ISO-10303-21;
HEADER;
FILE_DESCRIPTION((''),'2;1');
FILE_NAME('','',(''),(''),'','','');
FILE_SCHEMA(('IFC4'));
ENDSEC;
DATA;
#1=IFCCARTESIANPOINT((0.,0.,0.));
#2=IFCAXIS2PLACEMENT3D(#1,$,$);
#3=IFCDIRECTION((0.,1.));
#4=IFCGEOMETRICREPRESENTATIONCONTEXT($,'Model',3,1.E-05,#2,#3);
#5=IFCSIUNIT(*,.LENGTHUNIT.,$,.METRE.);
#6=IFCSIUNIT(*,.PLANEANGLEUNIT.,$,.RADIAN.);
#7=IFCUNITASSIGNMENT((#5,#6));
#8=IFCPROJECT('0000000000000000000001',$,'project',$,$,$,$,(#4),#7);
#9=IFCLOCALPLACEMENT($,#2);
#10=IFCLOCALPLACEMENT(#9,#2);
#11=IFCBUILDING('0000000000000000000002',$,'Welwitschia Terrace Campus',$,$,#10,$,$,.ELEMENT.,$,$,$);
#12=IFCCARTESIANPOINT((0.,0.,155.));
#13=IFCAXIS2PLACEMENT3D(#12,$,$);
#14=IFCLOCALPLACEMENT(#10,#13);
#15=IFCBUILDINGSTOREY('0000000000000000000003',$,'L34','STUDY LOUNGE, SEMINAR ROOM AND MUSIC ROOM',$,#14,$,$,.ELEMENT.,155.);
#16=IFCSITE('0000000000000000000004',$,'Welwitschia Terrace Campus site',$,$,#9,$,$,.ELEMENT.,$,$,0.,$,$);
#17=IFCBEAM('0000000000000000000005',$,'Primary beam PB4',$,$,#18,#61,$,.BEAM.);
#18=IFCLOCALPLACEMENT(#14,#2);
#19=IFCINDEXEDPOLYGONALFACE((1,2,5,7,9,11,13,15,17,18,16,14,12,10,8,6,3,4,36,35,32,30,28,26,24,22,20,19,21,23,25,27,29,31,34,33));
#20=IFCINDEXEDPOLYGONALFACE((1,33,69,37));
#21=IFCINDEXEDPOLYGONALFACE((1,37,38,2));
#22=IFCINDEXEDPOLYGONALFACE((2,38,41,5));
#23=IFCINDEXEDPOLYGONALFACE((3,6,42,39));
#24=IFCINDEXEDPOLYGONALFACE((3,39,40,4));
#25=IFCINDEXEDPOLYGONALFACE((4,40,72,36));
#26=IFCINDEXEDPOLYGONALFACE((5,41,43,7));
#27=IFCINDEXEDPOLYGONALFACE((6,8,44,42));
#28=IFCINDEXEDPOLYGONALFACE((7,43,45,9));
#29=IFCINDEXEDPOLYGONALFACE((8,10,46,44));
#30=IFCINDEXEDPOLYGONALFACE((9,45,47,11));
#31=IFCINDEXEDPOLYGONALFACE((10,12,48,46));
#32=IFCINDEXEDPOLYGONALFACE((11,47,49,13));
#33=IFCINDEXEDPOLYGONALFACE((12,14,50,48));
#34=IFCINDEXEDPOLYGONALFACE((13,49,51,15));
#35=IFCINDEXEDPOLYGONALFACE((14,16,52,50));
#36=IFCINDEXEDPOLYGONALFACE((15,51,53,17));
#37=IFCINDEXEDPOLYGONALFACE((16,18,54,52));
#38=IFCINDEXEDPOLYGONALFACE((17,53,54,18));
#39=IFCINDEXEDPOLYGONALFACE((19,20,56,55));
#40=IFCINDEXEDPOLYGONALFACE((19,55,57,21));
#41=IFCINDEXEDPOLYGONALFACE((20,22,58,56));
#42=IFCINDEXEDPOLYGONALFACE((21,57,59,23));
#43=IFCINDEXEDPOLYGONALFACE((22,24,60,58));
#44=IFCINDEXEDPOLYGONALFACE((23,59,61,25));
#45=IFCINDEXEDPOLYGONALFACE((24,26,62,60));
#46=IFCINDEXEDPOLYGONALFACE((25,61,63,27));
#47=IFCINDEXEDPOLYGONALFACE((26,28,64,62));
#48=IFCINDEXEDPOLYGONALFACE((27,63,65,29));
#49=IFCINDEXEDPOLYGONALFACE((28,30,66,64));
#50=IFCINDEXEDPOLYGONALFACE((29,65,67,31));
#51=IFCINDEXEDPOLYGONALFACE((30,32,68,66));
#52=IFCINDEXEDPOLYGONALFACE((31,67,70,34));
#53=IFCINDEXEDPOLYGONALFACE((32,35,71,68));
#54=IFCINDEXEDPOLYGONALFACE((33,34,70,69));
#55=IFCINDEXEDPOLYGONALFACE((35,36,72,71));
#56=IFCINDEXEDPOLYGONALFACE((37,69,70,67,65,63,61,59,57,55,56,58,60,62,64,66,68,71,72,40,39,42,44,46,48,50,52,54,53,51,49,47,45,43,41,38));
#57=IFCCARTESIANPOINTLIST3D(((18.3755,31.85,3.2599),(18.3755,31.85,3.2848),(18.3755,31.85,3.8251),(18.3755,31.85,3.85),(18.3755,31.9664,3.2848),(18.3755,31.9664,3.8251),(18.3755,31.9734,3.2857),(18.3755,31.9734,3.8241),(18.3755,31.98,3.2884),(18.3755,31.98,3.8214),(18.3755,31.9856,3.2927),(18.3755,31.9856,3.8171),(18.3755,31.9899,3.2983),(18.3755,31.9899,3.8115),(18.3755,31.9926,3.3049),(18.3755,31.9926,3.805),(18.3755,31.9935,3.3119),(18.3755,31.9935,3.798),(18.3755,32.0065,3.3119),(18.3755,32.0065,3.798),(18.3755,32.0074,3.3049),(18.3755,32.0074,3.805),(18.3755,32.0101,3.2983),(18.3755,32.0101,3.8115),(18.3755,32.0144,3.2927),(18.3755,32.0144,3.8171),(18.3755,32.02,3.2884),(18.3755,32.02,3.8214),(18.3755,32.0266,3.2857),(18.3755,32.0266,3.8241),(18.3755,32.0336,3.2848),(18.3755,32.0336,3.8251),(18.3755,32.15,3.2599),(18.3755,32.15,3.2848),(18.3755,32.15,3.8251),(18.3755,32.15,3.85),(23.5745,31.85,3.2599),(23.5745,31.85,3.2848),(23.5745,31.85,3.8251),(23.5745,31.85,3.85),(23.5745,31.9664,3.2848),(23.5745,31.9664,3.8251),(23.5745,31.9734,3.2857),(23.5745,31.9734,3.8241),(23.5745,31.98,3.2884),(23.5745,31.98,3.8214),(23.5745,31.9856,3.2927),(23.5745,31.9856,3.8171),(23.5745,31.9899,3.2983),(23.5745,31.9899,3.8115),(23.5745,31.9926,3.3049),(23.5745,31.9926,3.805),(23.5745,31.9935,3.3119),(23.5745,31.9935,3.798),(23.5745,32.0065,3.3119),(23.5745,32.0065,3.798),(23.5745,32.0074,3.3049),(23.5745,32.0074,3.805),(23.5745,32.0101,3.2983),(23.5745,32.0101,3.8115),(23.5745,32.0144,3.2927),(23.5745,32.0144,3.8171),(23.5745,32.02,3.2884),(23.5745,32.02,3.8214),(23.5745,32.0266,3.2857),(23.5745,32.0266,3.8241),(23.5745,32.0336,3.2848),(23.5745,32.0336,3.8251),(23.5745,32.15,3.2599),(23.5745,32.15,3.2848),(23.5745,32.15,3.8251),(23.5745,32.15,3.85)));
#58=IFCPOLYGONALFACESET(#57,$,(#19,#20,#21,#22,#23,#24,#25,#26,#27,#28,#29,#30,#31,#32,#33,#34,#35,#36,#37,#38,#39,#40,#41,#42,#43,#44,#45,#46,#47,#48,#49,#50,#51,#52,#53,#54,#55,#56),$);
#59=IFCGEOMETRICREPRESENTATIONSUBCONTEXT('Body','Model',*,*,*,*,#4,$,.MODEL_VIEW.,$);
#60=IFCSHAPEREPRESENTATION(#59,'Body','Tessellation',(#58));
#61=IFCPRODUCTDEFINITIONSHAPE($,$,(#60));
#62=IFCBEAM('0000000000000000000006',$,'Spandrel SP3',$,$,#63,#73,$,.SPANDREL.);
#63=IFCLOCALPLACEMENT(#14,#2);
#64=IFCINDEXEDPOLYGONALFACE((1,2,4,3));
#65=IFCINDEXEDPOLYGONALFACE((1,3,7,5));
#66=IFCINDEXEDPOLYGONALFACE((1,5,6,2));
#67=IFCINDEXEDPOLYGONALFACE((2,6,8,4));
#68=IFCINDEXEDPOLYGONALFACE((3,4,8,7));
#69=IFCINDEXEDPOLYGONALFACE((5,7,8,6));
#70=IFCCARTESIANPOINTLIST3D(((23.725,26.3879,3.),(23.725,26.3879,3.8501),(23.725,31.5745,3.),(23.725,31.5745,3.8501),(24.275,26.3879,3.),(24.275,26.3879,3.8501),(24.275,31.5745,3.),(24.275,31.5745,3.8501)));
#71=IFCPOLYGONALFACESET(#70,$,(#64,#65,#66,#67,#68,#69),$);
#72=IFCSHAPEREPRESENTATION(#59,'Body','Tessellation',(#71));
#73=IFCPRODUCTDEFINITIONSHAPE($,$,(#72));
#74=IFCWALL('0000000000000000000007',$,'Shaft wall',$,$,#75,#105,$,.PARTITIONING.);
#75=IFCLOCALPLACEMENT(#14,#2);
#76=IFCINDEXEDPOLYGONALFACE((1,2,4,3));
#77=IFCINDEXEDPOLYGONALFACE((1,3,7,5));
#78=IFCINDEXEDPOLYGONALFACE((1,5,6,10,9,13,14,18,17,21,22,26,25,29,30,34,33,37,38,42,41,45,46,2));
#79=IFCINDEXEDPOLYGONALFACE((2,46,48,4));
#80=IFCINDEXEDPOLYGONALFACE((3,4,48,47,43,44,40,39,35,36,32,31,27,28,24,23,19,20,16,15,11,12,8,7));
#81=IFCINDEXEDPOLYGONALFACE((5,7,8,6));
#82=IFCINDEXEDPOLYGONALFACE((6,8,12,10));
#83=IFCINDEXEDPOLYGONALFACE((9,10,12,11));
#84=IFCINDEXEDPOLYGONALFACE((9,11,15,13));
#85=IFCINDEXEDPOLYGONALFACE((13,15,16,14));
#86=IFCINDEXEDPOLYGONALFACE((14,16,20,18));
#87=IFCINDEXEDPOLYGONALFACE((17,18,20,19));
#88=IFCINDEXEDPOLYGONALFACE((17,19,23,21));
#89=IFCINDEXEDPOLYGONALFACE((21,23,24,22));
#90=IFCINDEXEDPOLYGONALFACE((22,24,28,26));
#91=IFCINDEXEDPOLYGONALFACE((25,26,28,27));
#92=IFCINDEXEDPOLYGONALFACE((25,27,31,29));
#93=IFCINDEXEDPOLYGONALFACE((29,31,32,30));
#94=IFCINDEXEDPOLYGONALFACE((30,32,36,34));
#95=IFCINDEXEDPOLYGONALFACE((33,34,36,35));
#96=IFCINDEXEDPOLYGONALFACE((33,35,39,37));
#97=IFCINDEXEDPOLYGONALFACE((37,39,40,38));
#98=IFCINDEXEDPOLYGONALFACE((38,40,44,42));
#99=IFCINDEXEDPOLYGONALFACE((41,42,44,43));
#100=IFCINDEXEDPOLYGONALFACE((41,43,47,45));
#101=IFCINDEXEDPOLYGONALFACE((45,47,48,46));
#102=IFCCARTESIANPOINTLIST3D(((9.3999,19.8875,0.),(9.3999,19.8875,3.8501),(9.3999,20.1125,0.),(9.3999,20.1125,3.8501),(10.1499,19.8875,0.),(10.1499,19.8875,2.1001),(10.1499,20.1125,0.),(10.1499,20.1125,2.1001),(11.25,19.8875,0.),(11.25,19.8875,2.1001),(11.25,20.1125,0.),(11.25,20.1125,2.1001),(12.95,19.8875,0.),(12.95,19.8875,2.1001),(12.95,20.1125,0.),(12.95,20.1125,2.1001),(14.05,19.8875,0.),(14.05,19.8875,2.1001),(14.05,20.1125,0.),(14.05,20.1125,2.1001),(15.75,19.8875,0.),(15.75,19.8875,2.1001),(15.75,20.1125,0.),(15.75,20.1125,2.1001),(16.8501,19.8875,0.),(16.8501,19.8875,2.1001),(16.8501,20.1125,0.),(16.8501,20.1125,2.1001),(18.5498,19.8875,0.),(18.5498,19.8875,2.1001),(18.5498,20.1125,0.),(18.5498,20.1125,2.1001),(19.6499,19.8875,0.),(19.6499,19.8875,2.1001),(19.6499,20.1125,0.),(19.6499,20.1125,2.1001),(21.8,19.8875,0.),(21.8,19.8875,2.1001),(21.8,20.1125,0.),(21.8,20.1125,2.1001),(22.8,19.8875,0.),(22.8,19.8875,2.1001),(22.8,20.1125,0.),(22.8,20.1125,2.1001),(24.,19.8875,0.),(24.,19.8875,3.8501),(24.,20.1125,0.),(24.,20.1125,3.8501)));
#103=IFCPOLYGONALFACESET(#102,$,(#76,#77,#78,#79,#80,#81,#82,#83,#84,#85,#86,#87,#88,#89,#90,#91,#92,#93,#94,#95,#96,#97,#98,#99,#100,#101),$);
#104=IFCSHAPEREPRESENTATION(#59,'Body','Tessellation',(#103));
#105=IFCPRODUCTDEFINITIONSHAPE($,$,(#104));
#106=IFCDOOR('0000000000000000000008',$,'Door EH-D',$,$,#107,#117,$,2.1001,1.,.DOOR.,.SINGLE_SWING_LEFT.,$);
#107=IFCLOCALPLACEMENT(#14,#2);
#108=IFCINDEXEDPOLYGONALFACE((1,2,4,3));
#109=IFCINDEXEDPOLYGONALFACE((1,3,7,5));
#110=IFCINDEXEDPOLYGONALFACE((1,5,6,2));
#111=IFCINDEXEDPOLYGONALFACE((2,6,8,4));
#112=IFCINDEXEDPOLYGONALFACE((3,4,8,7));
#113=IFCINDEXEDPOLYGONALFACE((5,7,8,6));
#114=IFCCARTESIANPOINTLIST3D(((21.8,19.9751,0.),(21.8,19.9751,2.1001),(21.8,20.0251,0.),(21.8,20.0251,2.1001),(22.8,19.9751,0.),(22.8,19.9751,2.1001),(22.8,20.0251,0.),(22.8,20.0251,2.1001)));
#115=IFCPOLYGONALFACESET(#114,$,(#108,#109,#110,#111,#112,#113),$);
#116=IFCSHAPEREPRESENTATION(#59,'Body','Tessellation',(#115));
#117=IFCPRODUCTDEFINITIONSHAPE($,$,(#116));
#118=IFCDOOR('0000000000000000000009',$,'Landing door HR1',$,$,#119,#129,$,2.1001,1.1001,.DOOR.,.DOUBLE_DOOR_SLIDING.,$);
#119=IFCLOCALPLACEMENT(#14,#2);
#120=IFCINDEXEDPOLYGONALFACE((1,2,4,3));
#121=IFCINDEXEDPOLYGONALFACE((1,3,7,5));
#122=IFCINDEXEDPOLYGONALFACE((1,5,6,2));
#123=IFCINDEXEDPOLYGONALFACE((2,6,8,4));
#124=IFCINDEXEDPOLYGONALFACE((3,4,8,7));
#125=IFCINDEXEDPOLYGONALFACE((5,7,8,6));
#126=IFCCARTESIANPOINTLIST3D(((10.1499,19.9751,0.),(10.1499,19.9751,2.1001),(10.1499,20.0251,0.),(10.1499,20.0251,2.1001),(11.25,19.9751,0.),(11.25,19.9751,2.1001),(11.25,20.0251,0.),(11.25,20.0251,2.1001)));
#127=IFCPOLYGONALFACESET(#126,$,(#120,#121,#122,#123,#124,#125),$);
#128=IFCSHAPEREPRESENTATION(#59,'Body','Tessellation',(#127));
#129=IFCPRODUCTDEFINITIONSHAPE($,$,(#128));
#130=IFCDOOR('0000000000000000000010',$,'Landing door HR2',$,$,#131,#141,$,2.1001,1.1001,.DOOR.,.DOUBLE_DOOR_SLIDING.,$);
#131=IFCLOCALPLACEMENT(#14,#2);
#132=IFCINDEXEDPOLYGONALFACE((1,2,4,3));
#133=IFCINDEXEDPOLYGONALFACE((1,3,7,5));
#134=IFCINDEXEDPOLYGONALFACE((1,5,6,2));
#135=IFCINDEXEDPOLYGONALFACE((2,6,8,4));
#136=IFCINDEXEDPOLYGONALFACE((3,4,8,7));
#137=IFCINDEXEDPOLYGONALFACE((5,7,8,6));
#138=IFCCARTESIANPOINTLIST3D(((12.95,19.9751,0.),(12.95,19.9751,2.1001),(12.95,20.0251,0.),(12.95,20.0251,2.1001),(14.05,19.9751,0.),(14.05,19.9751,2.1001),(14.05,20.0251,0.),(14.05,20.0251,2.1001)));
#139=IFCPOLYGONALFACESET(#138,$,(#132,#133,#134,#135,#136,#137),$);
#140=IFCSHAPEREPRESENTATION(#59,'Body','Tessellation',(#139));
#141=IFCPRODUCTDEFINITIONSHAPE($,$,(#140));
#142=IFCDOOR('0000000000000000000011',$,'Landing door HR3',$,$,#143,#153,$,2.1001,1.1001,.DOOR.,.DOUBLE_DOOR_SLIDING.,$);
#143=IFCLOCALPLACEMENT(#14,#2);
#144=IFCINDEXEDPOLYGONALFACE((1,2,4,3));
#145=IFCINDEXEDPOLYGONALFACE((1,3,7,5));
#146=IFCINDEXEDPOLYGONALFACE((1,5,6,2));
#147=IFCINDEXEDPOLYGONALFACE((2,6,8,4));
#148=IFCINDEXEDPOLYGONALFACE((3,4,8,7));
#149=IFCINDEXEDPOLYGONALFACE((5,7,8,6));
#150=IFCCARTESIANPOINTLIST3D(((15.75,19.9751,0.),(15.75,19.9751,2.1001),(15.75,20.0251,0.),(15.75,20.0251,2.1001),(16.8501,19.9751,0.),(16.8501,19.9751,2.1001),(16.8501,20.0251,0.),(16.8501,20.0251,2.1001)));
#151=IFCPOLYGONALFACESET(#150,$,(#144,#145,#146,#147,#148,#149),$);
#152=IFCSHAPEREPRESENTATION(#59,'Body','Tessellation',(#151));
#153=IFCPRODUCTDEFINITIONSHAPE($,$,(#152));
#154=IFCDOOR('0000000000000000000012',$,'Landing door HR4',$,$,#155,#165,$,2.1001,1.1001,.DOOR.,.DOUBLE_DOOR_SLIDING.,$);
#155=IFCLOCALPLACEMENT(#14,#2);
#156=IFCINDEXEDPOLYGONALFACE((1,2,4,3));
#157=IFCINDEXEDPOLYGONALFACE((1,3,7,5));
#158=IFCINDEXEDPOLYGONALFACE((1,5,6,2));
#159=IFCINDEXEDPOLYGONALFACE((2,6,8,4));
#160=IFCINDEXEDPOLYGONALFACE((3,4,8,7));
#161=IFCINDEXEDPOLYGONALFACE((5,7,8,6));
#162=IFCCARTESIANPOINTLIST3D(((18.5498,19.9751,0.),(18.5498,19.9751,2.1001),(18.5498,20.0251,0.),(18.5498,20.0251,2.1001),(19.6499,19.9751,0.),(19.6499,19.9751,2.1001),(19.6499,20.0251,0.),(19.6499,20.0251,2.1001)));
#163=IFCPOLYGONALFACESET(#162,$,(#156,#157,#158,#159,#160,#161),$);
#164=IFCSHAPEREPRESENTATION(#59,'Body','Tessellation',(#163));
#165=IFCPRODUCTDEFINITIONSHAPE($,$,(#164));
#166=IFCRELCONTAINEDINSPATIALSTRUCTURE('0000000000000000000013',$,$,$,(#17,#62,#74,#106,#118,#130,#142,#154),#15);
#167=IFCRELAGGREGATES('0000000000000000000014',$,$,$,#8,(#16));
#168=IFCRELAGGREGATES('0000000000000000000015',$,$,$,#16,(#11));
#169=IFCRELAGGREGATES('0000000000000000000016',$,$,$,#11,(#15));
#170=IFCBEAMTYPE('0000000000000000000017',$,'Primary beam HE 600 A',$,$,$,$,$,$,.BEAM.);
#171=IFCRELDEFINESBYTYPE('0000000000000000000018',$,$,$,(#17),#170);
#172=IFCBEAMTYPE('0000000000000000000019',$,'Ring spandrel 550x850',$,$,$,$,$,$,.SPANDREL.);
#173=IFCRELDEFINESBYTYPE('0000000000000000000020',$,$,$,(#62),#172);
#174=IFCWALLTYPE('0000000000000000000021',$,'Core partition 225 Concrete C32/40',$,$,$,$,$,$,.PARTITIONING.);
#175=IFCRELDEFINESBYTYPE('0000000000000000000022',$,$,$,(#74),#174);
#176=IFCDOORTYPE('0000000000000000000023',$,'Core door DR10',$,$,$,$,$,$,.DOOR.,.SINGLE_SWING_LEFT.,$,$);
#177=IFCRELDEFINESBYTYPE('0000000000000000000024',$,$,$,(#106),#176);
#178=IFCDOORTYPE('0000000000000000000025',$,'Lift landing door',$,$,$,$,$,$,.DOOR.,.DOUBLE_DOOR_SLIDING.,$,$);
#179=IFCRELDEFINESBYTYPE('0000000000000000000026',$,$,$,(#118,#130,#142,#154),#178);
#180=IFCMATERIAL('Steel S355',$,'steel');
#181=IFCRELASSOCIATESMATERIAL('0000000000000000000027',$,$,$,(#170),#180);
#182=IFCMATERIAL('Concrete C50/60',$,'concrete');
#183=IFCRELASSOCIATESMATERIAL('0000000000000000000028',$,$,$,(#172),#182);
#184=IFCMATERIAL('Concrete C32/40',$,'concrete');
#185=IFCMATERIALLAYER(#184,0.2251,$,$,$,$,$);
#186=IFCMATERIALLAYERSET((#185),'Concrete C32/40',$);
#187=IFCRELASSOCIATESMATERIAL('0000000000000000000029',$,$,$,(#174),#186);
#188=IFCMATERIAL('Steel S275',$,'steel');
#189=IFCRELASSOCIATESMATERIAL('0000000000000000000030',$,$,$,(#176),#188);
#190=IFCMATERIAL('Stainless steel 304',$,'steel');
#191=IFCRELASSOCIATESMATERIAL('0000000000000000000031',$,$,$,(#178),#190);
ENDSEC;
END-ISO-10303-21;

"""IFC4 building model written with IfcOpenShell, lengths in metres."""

from ifc_helpers import new_model, si_unit, direction, frame, frame_2d, origin, origin_2d, place, context, subcontext, project, spatial, rectangle, i_section, extrude, material, layer, layer_set, material_profile, profile_set, type_object, element, fill, save


model = new_model("IFC4")

# Units and contexts
model_context = context("Model", 3, precision=1e-05, world=origin(), true_north=direction((0.0, 1.0)))
body_context = subcontext(model_context, "Body", "Model", "MODEL_VIEW")
ifc_project = project(units=[si_unit("LENGTHUNIT", "METRE"), si_unit("PLANEANGLEUNIT", "RADIAN")], contexts=[model_context])

# Site, building, storey
site_placement = place(None, origin())
site = spatial("IfcSite", under=ifc_project, at=site_placement, Name="Welwitschia Terrace Campus site", CompositionType="ELEMENT", RefElevation=0.0)
building_placement = place(site_placement, origin())
building = spatial("IfcBuilding", under=site, at=building_placement, Name="Welwitschia Terrace Campus", CompositionType="ELEMENT")
storey_placement = place(building_placement, frame((0.0, 0.0, 155.0)))
storey = spatial("IfcBuildingStorey", under=building, at=storey_placement, Name="L34", Description="STUDY LOUNGE, SEMINAR ROOM AND MUSIC ROOM", CompositionType="ELEMENT", Elevation=155.0)

# Beams
ifc_material_1 = material(Name="Steel S355", Category="steel")
ifc_material_profile_1 = material_profile(ifc_material_1, i_section(OverallWidth=0.3, OverallDepth=0.5901, WebThickness=0.0129, FlangeThickness=0.0249, FilletRadius=0.0271, at=origin_2d()))
ifc_profile_set_1 = profile_set([ifc_material_profile_1], Name="Steel S355")
beam_type_1 = type_object("IfcBeamType", Name="Primary beam HE 600 A", PredefinedType="BEAM", material=ifc_profile_set_1)
beam_1_placement = place(storey_placement, frame((23.5745, 32.0, 3.5549), z_axis=(-1.0, 0.0, 0.0), x_axis=(0.0, -1.0, 0.0)))
element("IfcBeam", 1, at=beam_1_placement, inside=storey, type_object=beam_type_1, Name="Primary beam PB4", PredefinedType="BEAM", context=body_context, shape_type="SweptSolid", body=[
    extrude(i_section(OverallWidth=0.3, OverallDepth=0.5901, WebThickness=0.0129, FlangeThickness=0.0249, FilletRadius=0.0271, at=origin_2d()), origin(), (0.0, 0.0, 1.0), 5.199),
])
ifc_material_2 = material(Name="Concrete C50/60", Category="concrete")
ifc_material_profile_2 = material_profile(ifc_material_2, rectangle(XDim=0.55, YDim=0.8501, at=origin_2d()))
ifc_profile_set_2 = profile_set([ifc_material_profile_2], Name="Concrete C50/60")
beam_type_2 = type_object("IfcBeamType", Name="Ring spandrel 550x850", PredefinedType="SPANDREL", material=ifc_profile_set_2)
beam_2_placement = place(storey_placement, frame((24.0, 26.3879, 3.425), z_axis=(0.0, 1.0, 0.0), x_axis=(-1.0, 0.0, 0.0)))
element("IfcBeam", 2, at=beam_2_placement, inside=storey, type_object=beam_type_2, Name="Spandrel SP3", PredefinedType="SPANDREL", context=body_context, shape_type="SweptSolid", body=[
    extrude(rectangle(XDim=0.55, YDim=0.8501, at=origin_2d()), origin(), (0.0, 0.0, 1.0), 5.1865),
])

# Wall, openings, doors
ifc_material_3 = material(Name="Concrete C32/40", Category="concrete")
ifc_layer_1 = layer(ifc_material_3, 0.2251)
ifc_layer_set_1 = layer_set([ifc_layer_1], Name="Concrete C32/40")
wall_type_1 = type_object("IfcWallType", Name="Core partition 225 Concrete C32/40", PredefinedType="PARTITIONING", material=ifc_layer_set_1)
wall_1_placement = place(storey_placement, frame((24.0, 20.0, 0.0), z_axis=(0.0, 0.0, 1.0), x_axis=(-1.0, 0.0, 0.0)))
wall_1 = element("IfcWall", 3, at=wall_1_placement, inside=storey, type_object=wall_type_1, Name="Shaft wall", PredefinedType="PARTITIONING", context=body_context, shape_type="SweptSolid", body=[
    extrude(rectangle(XDim=14.6001, YDim=0.2251, at=frame_2d((7.3, 0.0))), origin(), (0.0, 0.0, 1.0), 3.8501),
])
opening_1_placement = place(wall_1_placement, frame((12.75, 0.0, 0.0)))
opening_1 = element("IfcOpeningElement", 4, at=opening_1_placement, cuts=wall_1, PredefinedType="OPENING", context=body_context, shape_type="SweptSolid", body=[
    extrude(rectangle(XDim=1.1001, YDim=2.1001, at=frame_2d((0.55, 1.05))), frame((0.0, 0.1226, 0.0), z_axis=(0.0, -1.0, 0.0), x_axis=(1.0, 0.0, 0.0)), (0.0, 0.0, 1.0), 0.2451),
])
opening_2_placement = place(wall_1_placement, frame((9.95, 0.0, 0.0)))
opening_2 = element("IfcOpeningElement", 5, at=opening_2_placement, cuts=wall_1, PredefinedType="OPENING", context=body_context, shape_type="SweptSolid", body=[
    extrude(rectangle(XDim=1.1001, YDim=2.1001, at=frame_2d((0.55, 1.05))), frame((0.0, 0.1226, 0.0), z_axis=(0.0, -1.0, 0.0), x_axis=(1.0, 0.0, 0.0)), (0.0, 0.0, 1.0), 0.2451),
])
opening_3_placement = place(wall_1_placement, frame((7.1499, 0.0, 0.0)))
opening_3 = element("IfcOpeningElement", 6, at=opening_3_placement, cuts=wall_1, PredefinedType="OPENING", context=body_context, shape_type="SweptSolid", body=[
    extrude(rectangle(XDim=1.1001, YDim=2.1001, at=frame_2d((0.55, 1.05))), frame((0.0, 0.1226, 0.0), z_axis=(0.0, -1.0, 0.0), x_axis=(1.0, 0.0, 0.0)), (0.0, 0.0, 1.0), 0.2451),
])
opening_4_placement = place(wall_1_placement, frame((4.3501, 0.0, 0.0)))
opening_4 = element("IfcOpeningElement", 7, at=opening_4_placement, cuts=wall_1, PredefinedType="OPENING", context=body_context, shape_type="SweptSolid", body=[
    extrude(rectangle(XDim=1.1001, YDim=2.1001, at=frame_2d((0.55, 1.05))), frame((0.0, 0.1226, 0.0), z_axis=(0.0, -1.0, 0.0), x_axis=(1.0, 0.0, 0.0)), (0.0, 0.0, 1.0), 0.2451),
])
opening_5_placement = place(wall_1_placement, frame((1.2, 0.0, 0.0)))
opening_5 = element("IfcOpeningElement", 8, at=opening_5_placement, cuts=wall_1, PredefinedType="OPENING", context=body_context, shape_type="SweptSolid", body=[
    extrude(rectangle(XDim=1.0, YDim=2.1001, at=frame_2d((0.5, 1.05))), frame((0.0, 0.1226, 0.0), z_axis=(0.0, -1.0, 0.0), x_axis=(1.0, 0.0, 0.0)), (0.0, 0.0, 1.0), 0.2451),
])
ifc_material_4 = material(Name="Steel S275", Category="steel")
door_type_1 = type_object("IfcDoorType", Name="Core door DR10", OperationType="SINGLE_SWING_LEFT", PredefinedType="DOOR", material=ifc_material_4)
door_1_placement = place(opening_5_placement, origin())
door_1 = element("IfcDoor", 9, at=door_1_placement, inside=storey, type_object=door_type_1, Name="Door EH-D", OperationType="SINGLE_SWING_LEFT", OverallHeight=2.1001, OverallWidth=1.0, PredefinedType="DOOR", context=body_context, shape_type="SweptSolid", body=[
    extrude(rectangle(XDim=1.0, YDim=2.1001, at=frame_2d((0.5, 1.05))), frame((0.0, 0.0249, 0.0), z_axis=(0.0, -1.0, 0.0), x_axis=(1.0, 0.0, 0.0)), (0.0, 0.0, 1.0), 0.05),
])
fill(opening_5, door_1)
ifc_material_5 = material(Name="Stainless steel 304", Category="steel")
door_type_2 = type_object("IfcDoorType", Name="Lift landing door", OperationType="DOUBLE_DOOR_SLIDING", PredefinedType="DOOR", material=ifc_material_5)
door_2_placement = place(opening_1_placement, origin())
door_2 = element("IfcDoor", 10, at=door_2_placement, inside=storey, type_object=door_type_2, Name="Landing door HR1", OperationType="DOUBLE_DOOR_SLIDING", OverallHeight=2.1001, OverallWidth=1.1001, PredefinedType="DOOR", context=body_context, shape_type="SweptSolid", body=[
    extrude(rectangle(XDim=1.1001, YDim=2.1001, at=frame_2d((0.55, 1.05))), frame((0.0, 0.0249, 0.0), z_axis=(0.0, -1.0, 0.0), x_axis=(1.0, 0.0, 0.0)), (0.0, 0.0, 1.0), 0.05),
])
fill(opening_1, door_2)
door_3_placement = place(opening_2_placement, origin())
door_3 = element("IfcDoor", 11, at=door_3_placement, inside=storey, type_object=door_type_2, Name="Landing door HR2", OperationType="DOUBLE_DOOR_SLIDING", OverallHeight=2.1001, OverallWidth=1.1001, PredefinedType="DOOR", context=body_context, shape_type="SweptSolid", body=[
    extrude(rectangle(XDim=1.1001, YDim=2.1001, at=frame_2d((0.55, 1.05))), frame((0.0, 0.0249, 0.0), z_axis=(0.0, -1.0, 0.0), x_axis=(1.0, 0.0, 0.0)), (0.0, 0.0, 1.0), 0.05),
])
fill(opening_2, door_3)
door_4_placement = place(opening_3_placement, origin())
door_4 = element("IfcDoor", 12, at=door_4_placement, inside=storey, type_object=door_type_2, Name="Landing door HR3", OperationType="DOUBLE_DOOR_SLIDING", OverallHeight=2.1001, OverallWidth=1.1001, PredefinedType="DOOR", context=body_context, shape_type="SweptSolid", body=[
    extrude(rectangle(XDim=1.1001, YDim=2.1001, at=frame_2d((0.55, 1.05))), frame((0.0, 0.0249, 0.0), z_axis=(0.0, -1.0, 0.0), x_axis=(1.0, 0.0, 0.0)), (0.0, 0.0, 1.0), 0.05),
])
fill(opening_3, door_4)
door_5_placement = place(opening_4_placement, origin())
door_5 = element("IfcDoor", 13, at=door_5_placement, inside=storey, type_object=door_type_2, Name="Landing door HR4", OperationType="DOUBLE_DOOR_SLIDING", OverallHeight=2.1001, OverallWidth=1.1001, PredefinedType="DOOR", context=body_context, shape_type="SweptSolid", body=[
    extrude(rectangle(XDim=1.1001, YDim=2.1001, at=frame_2d((0.55, 1.05))), frame((0.0, 0.0249, 0.0), z_axis=(0.0, -1.0, 0.0), x_axis=(1.0, 0.0, 0.0)), (0.0, 0.0, 1.0), 0.05),
])
fill(opening_4, door_5)

save(model, "model.ifc")
